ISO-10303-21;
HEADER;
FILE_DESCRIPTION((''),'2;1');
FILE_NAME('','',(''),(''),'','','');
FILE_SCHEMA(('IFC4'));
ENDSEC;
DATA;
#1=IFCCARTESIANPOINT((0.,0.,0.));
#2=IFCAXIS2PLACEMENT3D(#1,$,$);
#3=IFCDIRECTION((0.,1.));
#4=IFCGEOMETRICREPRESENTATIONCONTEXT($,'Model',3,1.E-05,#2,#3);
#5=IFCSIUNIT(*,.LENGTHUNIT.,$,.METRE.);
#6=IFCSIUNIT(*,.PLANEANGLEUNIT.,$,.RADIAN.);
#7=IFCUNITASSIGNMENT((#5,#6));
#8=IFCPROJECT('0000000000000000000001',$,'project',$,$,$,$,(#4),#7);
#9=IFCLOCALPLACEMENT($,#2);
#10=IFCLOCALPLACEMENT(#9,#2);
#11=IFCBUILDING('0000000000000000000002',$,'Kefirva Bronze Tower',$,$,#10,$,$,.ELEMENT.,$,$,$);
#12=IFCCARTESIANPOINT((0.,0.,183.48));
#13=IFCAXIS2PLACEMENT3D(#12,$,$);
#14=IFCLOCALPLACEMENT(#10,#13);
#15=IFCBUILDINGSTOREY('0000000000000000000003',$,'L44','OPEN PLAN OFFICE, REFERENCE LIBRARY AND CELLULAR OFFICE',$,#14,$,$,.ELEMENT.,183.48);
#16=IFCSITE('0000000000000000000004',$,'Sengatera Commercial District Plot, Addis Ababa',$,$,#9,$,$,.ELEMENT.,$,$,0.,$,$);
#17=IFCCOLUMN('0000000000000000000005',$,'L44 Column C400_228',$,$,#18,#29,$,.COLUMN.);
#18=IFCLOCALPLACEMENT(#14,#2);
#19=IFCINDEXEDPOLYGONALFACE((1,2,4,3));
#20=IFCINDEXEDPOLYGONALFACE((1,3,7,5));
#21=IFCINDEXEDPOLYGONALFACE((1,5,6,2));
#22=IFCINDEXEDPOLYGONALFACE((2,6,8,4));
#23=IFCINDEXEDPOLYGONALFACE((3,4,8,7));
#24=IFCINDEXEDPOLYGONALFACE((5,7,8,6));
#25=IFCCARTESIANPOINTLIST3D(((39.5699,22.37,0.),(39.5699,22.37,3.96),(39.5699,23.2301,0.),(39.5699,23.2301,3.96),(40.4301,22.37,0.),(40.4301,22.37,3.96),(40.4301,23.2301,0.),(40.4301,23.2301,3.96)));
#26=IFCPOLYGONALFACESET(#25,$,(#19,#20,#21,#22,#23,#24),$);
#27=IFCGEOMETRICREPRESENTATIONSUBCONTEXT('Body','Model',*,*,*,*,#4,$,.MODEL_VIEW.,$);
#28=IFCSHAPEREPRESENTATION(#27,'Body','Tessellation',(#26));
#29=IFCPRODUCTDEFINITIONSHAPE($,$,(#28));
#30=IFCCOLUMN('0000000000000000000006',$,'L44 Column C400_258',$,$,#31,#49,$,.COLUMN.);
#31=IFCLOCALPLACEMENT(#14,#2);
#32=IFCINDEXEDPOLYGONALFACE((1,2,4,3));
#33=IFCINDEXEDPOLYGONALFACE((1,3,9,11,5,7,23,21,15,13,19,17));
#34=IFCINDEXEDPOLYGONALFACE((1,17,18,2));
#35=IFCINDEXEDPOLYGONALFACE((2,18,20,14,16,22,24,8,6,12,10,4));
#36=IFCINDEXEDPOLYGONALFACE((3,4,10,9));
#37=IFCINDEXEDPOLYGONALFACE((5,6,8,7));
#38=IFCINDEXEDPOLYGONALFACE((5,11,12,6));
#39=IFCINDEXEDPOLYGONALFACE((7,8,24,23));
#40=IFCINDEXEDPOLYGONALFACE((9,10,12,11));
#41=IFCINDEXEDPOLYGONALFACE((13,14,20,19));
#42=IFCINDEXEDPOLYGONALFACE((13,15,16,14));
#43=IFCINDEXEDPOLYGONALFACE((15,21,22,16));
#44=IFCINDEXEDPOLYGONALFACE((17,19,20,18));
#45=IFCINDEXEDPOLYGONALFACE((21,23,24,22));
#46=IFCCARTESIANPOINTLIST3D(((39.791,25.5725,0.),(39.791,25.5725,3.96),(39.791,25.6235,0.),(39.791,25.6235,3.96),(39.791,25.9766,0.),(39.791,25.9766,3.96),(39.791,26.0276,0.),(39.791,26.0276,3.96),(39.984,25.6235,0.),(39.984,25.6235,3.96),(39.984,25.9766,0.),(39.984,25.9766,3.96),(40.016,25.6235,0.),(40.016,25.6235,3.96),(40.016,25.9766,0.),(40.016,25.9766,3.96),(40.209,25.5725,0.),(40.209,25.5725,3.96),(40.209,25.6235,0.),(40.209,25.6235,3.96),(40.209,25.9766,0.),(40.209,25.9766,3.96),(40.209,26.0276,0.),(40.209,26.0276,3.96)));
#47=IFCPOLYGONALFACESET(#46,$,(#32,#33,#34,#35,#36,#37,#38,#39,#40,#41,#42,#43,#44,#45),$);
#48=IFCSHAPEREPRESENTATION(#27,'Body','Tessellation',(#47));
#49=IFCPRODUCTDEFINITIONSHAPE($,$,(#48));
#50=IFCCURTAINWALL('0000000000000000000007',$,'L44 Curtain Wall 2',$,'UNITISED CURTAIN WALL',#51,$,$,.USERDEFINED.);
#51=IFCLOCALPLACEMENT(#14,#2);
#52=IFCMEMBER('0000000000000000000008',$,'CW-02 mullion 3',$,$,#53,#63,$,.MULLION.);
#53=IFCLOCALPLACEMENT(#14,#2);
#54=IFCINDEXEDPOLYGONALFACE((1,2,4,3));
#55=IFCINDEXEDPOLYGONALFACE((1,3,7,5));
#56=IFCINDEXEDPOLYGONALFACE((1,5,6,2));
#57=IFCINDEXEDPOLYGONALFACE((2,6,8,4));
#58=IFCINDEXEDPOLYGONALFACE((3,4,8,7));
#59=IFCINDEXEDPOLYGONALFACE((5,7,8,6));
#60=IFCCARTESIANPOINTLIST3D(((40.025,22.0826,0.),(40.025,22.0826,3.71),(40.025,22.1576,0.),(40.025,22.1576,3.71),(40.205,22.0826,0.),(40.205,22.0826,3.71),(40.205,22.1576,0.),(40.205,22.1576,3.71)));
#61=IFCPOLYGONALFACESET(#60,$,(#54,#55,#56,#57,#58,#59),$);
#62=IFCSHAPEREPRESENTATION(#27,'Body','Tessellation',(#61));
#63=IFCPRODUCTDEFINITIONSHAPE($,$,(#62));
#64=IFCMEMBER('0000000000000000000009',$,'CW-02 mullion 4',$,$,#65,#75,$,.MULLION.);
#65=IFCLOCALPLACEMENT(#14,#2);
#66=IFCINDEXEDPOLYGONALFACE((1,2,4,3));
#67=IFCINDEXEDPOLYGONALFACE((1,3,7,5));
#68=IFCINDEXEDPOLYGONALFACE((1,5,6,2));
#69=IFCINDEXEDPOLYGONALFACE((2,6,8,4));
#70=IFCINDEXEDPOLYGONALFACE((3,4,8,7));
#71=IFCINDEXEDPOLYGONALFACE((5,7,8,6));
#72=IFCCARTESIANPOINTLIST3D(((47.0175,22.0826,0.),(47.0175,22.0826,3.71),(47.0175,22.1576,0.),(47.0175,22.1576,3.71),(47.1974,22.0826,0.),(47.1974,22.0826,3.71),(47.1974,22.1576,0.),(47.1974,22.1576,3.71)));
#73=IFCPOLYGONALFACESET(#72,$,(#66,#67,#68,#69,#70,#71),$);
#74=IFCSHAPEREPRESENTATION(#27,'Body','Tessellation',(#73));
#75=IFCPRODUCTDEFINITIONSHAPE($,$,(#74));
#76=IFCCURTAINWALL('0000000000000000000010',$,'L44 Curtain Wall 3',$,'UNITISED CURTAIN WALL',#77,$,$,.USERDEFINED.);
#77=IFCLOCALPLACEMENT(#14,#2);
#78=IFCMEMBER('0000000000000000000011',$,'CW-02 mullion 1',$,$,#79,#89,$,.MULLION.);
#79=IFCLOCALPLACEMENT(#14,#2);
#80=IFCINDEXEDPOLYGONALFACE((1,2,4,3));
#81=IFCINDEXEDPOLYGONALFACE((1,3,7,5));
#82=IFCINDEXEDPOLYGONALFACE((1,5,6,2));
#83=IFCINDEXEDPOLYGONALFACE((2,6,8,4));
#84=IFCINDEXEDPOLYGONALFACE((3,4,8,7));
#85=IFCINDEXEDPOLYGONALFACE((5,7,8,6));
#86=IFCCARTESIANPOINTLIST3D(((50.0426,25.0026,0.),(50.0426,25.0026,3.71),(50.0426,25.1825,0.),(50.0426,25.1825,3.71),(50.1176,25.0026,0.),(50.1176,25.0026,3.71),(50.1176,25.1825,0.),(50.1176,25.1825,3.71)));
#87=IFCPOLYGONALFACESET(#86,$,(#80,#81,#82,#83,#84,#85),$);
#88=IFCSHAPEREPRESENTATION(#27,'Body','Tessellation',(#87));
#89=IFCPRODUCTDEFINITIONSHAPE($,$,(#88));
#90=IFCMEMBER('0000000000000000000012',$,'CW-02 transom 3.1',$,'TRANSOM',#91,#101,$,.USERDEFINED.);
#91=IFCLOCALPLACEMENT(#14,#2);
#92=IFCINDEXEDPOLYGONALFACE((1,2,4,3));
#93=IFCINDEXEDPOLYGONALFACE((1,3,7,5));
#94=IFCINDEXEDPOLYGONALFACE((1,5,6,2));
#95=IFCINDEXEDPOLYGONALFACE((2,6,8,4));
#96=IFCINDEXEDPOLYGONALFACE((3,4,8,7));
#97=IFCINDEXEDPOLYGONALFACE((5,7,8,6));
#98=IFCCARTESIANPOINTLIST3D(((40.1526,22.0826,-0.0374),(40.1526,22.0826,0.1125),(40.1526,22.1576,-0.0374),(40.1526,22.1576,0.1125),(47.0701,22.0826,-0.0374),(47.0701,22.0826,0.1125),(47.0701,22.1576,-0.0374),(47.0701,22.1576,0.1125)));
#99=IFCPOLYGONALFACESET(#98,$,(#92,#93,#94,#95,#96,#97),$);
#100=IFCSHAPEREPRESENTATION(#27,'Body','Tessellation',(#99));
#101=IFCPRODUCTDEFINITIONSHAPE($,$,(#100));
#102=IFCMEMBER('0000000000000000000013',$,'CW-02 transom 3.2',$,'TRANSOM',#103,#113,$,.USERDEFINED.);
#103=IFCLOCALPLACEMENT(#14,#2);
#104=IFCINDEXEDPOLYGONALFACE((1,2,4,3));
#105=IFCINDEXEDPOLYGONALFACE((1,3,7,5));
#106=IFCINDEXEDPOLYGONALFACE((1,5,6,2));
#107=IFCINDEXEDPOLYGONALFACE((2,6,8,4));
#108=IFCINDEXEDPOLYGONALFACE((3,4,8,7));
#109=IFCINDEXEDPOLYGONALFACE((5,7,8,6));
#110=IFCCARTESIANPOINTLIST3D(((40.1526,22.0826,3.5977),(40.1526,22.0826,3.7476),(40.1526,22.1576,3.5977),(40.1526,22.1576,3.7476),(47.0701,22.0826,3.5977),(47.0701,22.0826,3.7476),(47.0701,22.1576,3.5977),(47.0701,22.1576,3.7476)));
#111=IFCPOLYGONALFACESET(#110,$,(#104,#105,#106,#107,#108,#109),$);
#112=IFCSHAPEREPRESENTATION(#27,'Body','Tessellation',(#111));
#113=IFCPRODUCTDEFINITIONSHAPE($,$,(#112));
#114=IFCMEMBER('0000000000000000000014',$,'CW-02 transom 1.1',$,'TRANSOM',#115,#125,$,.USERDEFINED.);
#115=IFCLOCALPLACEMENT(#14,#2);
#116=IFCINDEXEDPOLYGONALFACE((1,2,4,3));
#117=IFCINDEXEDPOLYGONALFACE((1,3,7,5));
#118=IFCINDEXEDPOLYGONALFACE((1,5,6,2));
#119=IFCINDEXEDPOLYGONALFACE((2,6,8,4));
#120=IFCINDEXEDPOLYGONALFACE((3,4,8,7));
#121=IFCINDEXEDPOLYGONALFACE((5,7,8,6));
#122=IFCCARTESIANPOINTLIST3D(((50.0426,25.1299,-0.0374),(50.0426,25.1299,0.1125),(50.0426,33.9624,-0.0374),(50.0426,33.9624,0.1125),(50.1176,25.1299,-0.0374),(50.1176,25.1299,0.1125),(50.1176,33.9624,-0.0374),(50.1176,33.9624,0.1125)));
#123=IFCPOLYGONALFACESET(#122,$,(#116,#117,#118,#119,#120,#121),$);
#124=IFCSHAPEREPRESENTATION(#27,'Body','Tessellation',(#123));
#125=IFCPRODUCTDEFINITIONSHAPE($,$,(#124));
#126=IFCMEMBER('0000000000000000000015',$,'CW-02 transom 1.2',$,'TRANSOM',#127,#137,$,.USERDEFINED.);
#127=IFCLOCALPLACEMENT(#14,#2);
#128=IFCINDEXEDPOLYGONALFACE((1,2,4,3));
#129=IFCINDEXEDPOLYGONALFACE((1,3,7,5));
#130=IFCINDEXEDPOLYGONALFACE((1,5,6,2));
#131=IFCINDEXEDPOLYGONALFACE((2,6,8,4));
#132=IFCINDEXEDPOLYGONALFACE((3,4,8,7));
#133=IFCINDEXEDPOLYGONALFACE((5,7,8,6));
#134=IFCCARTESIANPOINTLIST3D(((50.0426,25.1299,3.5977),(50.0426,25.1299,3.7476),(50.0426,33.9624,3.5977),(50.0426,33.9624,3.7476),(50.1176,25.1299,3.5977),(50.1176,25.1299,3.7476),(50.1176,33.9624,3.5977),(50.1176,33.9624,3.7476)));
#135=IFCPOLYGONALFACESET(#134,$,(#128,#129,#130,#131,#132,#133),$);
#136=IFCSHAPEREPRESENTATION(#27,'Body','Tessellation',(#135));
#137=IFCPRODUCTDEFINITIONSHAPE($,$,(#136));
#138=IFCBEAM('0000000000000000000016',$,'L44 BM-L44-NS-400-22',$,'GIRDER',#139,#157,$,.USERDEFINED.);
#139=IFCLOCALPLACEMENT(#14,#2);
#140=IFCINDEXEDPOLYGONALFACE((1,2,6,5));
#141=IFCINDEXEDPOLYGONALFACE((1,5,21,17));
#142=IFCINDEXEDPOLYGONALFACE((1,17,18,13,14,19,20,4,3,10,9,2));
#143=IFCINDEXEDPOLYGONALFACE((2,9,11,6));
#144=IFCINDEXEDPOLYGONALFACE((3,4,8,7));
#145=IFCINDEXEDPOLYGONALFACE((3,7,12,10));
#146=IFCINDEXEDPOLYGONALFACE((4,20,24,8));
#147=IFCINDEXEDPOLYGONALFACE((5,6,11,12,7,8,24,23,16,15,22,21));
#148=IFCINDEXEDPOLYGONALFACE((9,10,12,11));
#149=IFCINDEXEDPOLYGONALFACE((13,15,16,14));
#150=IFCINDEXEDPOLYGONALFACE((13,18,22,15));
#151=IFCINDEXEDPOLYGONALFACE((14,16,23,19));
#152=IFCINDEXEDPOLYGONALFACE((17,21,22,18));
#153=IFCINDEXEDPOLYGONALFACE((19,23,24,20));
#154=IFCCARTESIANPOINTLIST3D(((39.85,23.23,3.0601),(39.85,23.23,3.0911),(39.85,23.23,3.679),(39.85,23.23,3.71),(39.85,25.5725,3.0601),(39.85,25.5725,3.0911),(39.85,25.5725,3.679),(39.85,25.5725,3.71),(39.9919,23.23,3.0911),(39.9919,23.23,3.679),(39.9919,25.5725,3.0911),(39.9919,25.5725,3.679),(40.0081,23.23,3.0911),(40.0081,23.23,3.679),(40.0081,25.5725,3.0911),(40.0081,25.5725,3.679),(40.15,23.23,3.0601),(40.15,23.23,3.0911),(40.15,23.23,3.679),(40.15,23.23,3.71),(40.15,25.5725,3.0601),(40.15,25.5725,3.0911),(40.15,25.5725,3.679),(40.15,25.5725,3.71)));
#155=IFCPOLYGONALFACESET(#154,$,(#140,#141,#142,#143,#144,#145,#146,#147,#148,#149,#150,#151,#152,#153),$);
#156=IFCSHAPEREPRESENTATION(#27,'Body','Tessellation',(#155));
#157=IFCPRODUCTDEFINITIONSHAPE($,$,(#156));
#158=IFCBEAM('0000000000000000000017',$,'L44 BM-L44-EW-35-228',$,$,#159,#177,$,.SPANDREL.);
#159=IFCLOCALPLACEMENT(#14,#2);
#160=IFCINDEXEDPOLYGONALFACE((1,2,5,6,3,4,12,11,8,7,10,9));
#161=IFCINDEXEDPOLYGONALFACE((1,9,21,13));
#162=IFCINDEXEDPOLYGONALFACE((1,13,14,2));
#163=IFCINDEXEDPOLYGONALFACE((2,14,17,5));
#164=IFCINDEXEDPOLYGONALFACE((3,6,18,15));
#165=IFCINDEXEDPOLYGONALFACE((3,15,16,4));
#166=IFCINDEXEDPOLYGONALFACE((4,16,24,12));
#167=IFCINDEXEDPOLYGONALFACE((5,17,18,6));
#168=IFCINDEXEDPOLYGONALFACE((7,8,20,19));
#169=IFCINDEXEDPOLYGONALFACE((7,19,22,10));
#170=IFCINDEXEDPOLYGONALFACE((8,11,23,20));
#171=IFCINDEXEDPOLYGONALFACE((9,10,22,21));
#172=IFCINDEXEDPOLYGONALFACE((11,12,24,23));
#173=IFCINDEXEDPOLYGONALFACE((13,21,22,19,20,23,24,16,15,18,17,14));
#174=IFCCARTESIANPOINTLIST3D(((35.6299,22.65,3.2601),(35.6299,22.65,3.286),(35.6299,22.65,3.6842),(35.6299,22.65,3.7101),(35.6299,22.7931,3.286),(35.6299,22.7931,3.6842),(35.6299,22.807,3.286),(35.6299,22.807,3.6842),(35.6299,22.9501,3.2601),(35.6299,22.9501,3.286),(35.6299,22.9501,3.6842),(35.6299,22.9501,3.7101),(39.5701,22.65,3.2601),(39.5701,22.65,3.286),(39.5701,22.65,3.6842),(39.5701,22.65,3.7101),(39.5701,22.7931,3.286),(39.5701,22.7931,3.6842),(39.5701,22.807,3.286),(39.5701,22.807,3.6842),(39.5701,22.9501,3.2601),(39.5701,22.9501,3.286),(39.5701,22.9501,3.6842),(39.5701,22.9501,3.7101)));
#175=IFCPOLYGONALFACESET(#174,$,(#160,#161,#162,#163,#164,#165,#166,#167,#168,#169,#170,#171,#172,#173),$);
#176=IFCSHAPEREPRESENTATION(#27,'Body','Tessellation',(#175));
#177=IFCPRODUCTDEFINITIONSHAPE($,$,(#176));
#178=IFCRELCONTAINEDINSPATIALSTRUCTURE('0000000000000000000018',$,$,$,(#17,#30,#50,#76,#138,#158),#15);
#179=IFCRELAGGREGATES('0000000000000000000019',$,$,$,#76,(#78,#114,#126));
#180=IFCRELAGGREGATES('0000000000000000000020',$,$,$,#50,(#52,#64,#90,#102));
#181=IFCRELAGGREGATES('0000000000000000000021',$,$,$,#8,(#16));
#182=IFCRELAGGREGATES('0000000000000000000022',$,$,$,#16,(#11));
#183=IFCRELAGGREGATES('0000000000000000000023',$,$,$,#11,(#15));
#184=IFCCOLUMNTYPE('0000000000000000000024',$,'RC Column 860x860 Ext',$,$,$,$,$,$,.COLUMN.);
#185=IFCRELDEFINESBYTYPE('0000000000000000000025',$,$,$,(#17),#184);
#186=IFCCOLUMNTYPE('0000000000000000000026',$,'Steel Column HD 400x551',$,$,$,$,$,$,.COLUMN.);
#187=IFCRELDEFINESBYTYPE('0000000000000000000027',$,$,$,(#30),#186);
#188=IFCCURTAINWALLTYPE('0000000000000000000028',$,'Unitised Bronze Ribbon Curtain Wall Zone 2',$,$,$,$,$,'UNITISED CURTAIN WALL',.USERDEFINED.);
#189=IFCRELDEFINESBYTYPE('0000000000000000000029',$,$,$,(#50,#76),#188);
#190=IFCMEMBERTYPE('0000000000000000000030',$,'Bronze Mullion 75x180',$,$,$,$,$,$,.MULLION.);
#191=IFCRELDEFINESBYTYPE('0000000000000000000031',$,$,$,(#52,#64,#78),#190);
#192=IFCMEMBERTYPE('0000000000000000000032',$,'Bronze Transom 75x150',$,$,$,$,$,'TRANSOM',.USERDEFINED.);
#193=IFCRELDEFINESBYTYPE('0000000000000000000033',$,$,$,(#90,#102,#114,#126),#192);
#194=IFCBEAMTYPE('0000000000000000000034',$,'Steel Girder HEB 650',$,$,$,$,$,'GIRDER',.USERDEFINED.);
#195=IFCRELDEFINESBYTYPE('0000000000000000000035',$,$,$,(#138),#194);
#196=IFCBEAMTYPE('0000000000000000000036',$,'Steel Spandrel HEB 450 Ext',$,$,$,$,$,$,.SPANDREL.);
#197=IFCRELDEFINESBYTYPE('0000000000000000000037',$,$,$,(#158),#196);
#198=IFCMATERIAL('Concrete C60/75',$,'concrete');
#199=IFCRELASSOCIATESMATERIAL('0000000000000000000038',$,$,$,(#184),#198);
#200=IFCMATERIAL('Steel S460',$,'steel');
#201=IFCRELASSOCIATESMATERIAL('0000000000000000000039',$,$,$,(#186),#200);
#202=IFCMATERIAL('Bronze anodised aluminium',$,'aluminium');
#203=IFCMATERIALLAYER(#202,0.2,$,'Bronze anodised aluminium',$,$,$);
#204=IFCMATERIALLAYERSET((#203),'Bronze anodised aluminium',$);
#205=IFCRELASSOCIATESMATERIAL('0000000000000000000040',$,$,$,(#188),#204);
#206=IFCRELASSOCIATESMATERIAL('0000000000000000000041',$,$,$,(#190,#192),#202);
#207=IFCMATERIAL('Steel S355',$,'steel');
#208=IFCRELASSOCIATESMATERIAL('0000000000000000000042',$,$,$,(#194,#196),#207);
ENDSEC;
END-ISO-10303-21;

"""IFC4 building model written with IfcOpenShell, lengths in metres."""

from ifc_helpers import new_model, si_unit, direction, frame, origin, origin_2d, place, context, subcontext, project, spatial, rectangle, i_section, extrude, material, layer, layer_set, material_profile, profile_set, type_object, element, aggregate, save


model = new_model("IFC4")

# Units and contexts
model_context = context("Model", 3, precision=1e-05, world=origin(), true_north=direction((0.0, 1.0)))
body_context = subcontext(model_context, "Body", "Model", "MODEL_VIEW")
ifc_project = project(units=[si_unit("LENGTHUNIT", "METRE"), si_unit("PLANEANGLEUNIT", "RADIAN")], contexts=[model_context])

# Site, building, storey
site_placement = place(None, origin())
site = spatial("IfcSite", under=ifc_project, at=site_placement, Name="Sengatera Commercial District Plot, Addis Ababa", CompositionType="ELEMENT", RefElevation=0.0)
building_placement = place(site_placement, origin())
building = spatial("IfcBuilding", under=site, at=building_placement, Name="Kefirva Bronze Tower", CompositionType="ELEMENT")
storey_placement = place(building_placement, frame((0.0, 0.0, 183.48)))
storey = spatial("IfcBuildingStorey", under=building, at=storey_placement, Name="L44", Description="OPEN PLAN OFFICE, REFERENCE LIBRARY AND CELLULAR OFFICE", CompositionType="ELEMENT", Elevation=183.48)

# Columns
ifc_material_1 = material(Name="Concrete C60/75", Category="concrete")
ifc_material_profile_1 = material_profile(ifc_material_1, rectangle(XDim=0.8601, YDim=0.8601, at=origin_2d()), Name="RC 860x860")
ifc_profile_set_1 = profile_set([ifc_material_profile_1], Name="Concrete C60/75")
column_type_1 = type_object("IfcColumnType", Name="RC Column 860x860 Ext", PredefinedType="COLUMN", material=ifc_profile_set_1)
column_1_placement = place(storey_placement, frame((40.0, 22.8, 0.0), z_axis=(0.0, 0.0, 1.0), x_axis=(1.0, 0.0, 0.0)))
element("IfcColumn", 1, at=column_1_placement, inside=storey, type_object=column_type_1, Name="L44 Column C400_228", PredefinedType="COLUMN", context=body_context, shape_type="SweptSolid", body=[
    extrude(rectangle(XDim=0.8601, YDim=0.8601, at=origin_2d()), origin(), (0.0, 0.0, 1.0), 3.96),
])
ifc_material_2 = material(Name="Steel S460", Category="steel")
ifc_material_profile_2 = material_profile(ifc_material_2, i_section(OverallWidth=0.418, OverallDepth=0.4551, WebThickness=0.032, FlangeThickness=0.051, at=origin_2d()), Name="HD 400x551")
ifc_profile_set_2 = profile_set([ifc_material_profile_2], Name="Steel S460")
column_type_2 = type_object("IfcColumnType", Name="Steel Column HD 400x551", PredefinedType="COLUMN", material=ifc_profile_set_2)
column_2_placement = place(storey_placement, frame((40.0, 25.8, 0.0), z_axis=(0.0, 0.0, 1.0), x_axis=(1.0, 0.0, 0.0)))
element("IfcColumn", 2, at=column_2_placement, inside=storey, type_object=column_type_2, Name="L44 Column C400_258", PredefinedType="COLUMN", context=body_context, shape_type="SweptSolid", body=[
    extrude(i_section(OverallWidth=0.418, OverallDepth=0.4551, WebThickness=0.032, FlangeThickness=0.051, at=origin_2d()), origin(), (0.0, 0.0, 1.0), 3.96),
])

# Curtain wall, members
ifc_material_3 = material(Name="Bronze anodised aluminium", Category="aluminium")
ifc_layer_1 = layer(ifc_material_3, 0.2, Name="Bronze anodised aluminium")
ifc_layer_set_1 = layer_set([ifc_layer_1], Name="Bronze anodised aluminium")
curtain_wall_type = type_object("IfcCurtainWallType", Name="Unitised Bronze Ribbon Curtain Wall Zone 2", ElementType="UNITISED CURTAIN WALL", PredefinedType="USERDEFINED", material=ifc_layer_set_1)
curtain_wall_1_placement = place(storey_placement, origin())
curtain_wall_1 = element("IfcCurtainWall", 3, at=curtain_wall_1_placement, inside=storey, type_object=curtain_wall_type, Name="L44 Curtain Wall 2", ObjectType="UNITISED CURTAIN WALL", PredefinedType="USERDEFINED")
ifc_material_profile_3 = material_profile(ifc_material_3, rectangle(XDim=0.075, YDim=0.1799, at=origin_2d()), Name="ALU 75x180")
ifc_profile_set_3 = profile_set([ifc_material_profile_3], Name="Bronze anodised aluminium")
member_type_1 = type_object("IfcMemberType", Name="Bronze Mullion 75x180", PredefinedType="MULLION", material=ifc_profile_set_3)
member_1_placement = place(storey_placement, frame((40.115, 22.1201, 0.0), z_axis=(0.0, 0.0, 1.0), x_axis=(0.0, 1.0, 0.0)))
member_1 = element("IfcMember", 4, at=member_1_placement, type_object=member_type_1, Name="CW-02 mullion 3", PredefinedType="MULLION", context=body_context, shape_type="SweptSolid", body=[
    extrude(rectangle(XDim=0.075, YDim=0.1799, at=origin_2d()), origin(), (0.0, 0.0, 1.0), 3.71),
])
member_2_placement = place(storey_placement, frame((47.1074, 22.1201, 0.0), z_axis=(0.0, 0.0, 1.0), x_axis=(0.0, 1.0, 0.0)))
member_2 = element("IfcMember", 5, at=member_2_placement, type_object=member_type_1, Name="CW-02 mullion 4", PredefinedType="MULLION", context=body_context, shape_type="SweptSolid", body=[
    extrude(rectangle(XDim=0.075, YDim=0.1799, at=origin_2d()), origin(), (0.0, 0.0, 1.0), 3.71),
])

# Curtain wall, member
curtain_wall_2_placement = place(storey_placement, origin())
curtain_wall_2 = element("IfcCurtainWall", 6, at=curtain_wall_2_placement, inside=storey, type_object=curtain_wall_type, Name="L44 Curtain Wall 3", ObjectType="UNITISED CURTAIN WALL", PredefinedType="USERDEFINED")
member_3_placement = place(storey_placement, frame((50.0801, 25.0925, 0.0), z_axis=(0.0, 0.0, 1.0), x_axis=(-1.0, 0.0, 0.0)))
member_3 = element("IfcMember", 7, at=member_3_placement, type_object=member_type_1, Name="CW-02 mullion 1", PredefinedType="MULLION", context=body_context, shape_type="SweptSolid", body=[
    extrude(rectangle(XDim=0.075, YDim=0.1799, at=origin_2d()), origin(), (0.0, 0.0, 1.0), 3.71),
])

# Members
ifc_material_profile_4 = material_profile(ifc_material_3, rectangle(XDim=0.075, YDim=0.1499, at=origin_2d()), Name="ALU 75x150")
ifc_profile_set_4 = profile_set([ifc_material_profile_4], Name="Bronze anodised aluminium")
member_type_2 = type_object("IfcMemberType", Name="Bronze Transom 75x150", ElementType="TRANSOM", PredefinedType="USERDEFINED", material=ifc_profile_set_4)
member_4_placement = place(storey_placement, frame((40.1526, 22.1201, 0.0376), z_axis=(1.0, 0.0, 0.0), x_axis=(0.0, 1.0, 0.0)))
member_4 = element("IfcMember", 8, at=member_4_placement, type_object=member_type_2, Name="CW-02 transom 3.1", ObjectType="TRANSOM", PredefinedType="USERDEFINED", context=body_context, shape_type="SweptSolid", body=[
    extrude(rectangle(XDim=0.075, YDim=0.1499, at=origin_2d()), origin(), (0.0, 0.0, 1.0), 6.9175),
])
member_5_placement = place(storey_placement, frame((40.1526, 22.1201, 3.6726), z_axis=(1.0, 0.0, 0.0), x_axis=(0.0, 1.0, 0.0)))
member_5 = element("IfcMember", 9, at=member_5_placement, type_object=member_type_2, Name="CW-02 transom 3.2", ObjectType="TRANSOM", PredefinedType="USERDEFINED", context=body_context, shape_type="SweptSolid", body=[
    extrude(rectangle(XDim=0.075, YDim=0.1499, at=origin_2d()), origin(), (0.0, 0.0, 1.0), 6.9175),
])
member_6_placement = place(storey_placement, frame((50.0801, 25.1299, 0.0376), z_axis=(0.0, 1.0, 0.0), x_axis=(-1.0, 0.0, 0.0)))
member_6 = element("IfcMember", 10, at=member_6_placement, type_object=member_type_2, Name="CW-02 transom 1.1", ObjectType="TRANSOM", PredefinedType="USERDEFINED", context=body_context, shape_type="SweptSolid", body=[
    extrude(rectangle(XDim=0.075, YDim=0.1499, at=origin_2d()), origin(), (0.0, 0.0, 1.0), 8.8325),
])
member_7_placement = place(storey_placement, frame((50.0801, 25.1299, 3.6726), z_axis=(0.0, 1.0, 0.0), x_axis=(-1.0, 0.0, 0.0)))
member_7 = element("IfcMember", 11, at=member_7_placement, type_object=member_type_2, Name="CW-02 transom 1.2", ObjectType="TRANSOM", PredefinedType="USERDEFINED", context=body_context, shape_type="SweptSolid", body=[
    extrude(rectangle(XDim=0.075, YDim=0.1499, at=origin_2d()), origin(), (0.0, 0.0, 1.0), 8.8325),
])
aggregate(curtain_wall_2, [member_3, member_6, member_7])

# Beams
ifc_material_4 = material(Name="Steel S355", Category="steel")
ifc_material_profile_5 = material_profile(ifc_material_4, i_section(OverallWidth=0.3, OverallDepth=0.6499, WebThickness=0.0161, FlangeThickness=0.031, at=origin_2d()), Name="HEB 650")
ifc_profile_set_5 = profile_set([ifc_material_profile_5], Name="Steel S355")
beam_type_1 = type_object("IfcBeamType", Name="Steel Girder HEB 650", ElementType="GIRDER", PredefinedType="USERDEFINED", material=ifc_profile_set_5)
beam_1_placement = place(storey_placement, frame((40.0, 23.23, 3.385), z_axis=(0.0, 1.0, 0.0), x_axis=(-1.0, 0.0, 0.0)))
element("IfcBeam", 12, at=beam_1_placement, inside=storey, type_object=beam_type_1, Name="L44 BM-L44-NS-400-22", ObjectType="GIRDER", PredefinedType="USERDEFINED", context=body_context, shape_type="SweptSolid", body=[
    extrude(i_section(OverallWidth=0.3, OverallDepth=0.6499, WebThickness=0.0161, FlangeThickness=0.031, at=origin_2d()), origin(), (0.0, 0.0, 1.0), 2.3425),
])
ifc_material_profile_6 = material_profile(ifc_material_4, i_section(OverallWidth=0.3, OverallDepth=0.45, WebThickness=0.0139, FlangeThickness=0.0259, at=origin_2d()), Name="HEB 450")
ifc_profile_set_6 = profile_set([ifc_material_profile_6], Name="Steel S355")
beam_type_2 = type_object("IfcBeamType", Name="Steel Spandrel HEB 450 Ext", PredefinedType="SPANDREL", material=ifc_profile_set_6)
beam_2_placement = place(storey_placement, frame((35.6299, 22.8, 3.4851), z_axis=(1.0, 0.0, 0.0), x_axis=(0.0, 1.0, 0.0)))
element("IfcBeam", 13, at=beam_2_placement, inside=storey, type_object=beam_type_2, Name="L44 BM-L44-EW-35-228", PredefinedType="SPANDREL", context=body_context, shape_type="SweptSolid", body=[
    extrude(i_section(OverallWidth=0.3, OverallDepth=0.45, WebThickness=0.0139, FlangeThickness=0.0259, at=origin_2d()), origin(), (0.0, 0.0, 1.0), 3.9402),
])

aggregate(curtain_wall_1, [member_1, member_2, member_4, member_5])

save(model, "model.ifc")
